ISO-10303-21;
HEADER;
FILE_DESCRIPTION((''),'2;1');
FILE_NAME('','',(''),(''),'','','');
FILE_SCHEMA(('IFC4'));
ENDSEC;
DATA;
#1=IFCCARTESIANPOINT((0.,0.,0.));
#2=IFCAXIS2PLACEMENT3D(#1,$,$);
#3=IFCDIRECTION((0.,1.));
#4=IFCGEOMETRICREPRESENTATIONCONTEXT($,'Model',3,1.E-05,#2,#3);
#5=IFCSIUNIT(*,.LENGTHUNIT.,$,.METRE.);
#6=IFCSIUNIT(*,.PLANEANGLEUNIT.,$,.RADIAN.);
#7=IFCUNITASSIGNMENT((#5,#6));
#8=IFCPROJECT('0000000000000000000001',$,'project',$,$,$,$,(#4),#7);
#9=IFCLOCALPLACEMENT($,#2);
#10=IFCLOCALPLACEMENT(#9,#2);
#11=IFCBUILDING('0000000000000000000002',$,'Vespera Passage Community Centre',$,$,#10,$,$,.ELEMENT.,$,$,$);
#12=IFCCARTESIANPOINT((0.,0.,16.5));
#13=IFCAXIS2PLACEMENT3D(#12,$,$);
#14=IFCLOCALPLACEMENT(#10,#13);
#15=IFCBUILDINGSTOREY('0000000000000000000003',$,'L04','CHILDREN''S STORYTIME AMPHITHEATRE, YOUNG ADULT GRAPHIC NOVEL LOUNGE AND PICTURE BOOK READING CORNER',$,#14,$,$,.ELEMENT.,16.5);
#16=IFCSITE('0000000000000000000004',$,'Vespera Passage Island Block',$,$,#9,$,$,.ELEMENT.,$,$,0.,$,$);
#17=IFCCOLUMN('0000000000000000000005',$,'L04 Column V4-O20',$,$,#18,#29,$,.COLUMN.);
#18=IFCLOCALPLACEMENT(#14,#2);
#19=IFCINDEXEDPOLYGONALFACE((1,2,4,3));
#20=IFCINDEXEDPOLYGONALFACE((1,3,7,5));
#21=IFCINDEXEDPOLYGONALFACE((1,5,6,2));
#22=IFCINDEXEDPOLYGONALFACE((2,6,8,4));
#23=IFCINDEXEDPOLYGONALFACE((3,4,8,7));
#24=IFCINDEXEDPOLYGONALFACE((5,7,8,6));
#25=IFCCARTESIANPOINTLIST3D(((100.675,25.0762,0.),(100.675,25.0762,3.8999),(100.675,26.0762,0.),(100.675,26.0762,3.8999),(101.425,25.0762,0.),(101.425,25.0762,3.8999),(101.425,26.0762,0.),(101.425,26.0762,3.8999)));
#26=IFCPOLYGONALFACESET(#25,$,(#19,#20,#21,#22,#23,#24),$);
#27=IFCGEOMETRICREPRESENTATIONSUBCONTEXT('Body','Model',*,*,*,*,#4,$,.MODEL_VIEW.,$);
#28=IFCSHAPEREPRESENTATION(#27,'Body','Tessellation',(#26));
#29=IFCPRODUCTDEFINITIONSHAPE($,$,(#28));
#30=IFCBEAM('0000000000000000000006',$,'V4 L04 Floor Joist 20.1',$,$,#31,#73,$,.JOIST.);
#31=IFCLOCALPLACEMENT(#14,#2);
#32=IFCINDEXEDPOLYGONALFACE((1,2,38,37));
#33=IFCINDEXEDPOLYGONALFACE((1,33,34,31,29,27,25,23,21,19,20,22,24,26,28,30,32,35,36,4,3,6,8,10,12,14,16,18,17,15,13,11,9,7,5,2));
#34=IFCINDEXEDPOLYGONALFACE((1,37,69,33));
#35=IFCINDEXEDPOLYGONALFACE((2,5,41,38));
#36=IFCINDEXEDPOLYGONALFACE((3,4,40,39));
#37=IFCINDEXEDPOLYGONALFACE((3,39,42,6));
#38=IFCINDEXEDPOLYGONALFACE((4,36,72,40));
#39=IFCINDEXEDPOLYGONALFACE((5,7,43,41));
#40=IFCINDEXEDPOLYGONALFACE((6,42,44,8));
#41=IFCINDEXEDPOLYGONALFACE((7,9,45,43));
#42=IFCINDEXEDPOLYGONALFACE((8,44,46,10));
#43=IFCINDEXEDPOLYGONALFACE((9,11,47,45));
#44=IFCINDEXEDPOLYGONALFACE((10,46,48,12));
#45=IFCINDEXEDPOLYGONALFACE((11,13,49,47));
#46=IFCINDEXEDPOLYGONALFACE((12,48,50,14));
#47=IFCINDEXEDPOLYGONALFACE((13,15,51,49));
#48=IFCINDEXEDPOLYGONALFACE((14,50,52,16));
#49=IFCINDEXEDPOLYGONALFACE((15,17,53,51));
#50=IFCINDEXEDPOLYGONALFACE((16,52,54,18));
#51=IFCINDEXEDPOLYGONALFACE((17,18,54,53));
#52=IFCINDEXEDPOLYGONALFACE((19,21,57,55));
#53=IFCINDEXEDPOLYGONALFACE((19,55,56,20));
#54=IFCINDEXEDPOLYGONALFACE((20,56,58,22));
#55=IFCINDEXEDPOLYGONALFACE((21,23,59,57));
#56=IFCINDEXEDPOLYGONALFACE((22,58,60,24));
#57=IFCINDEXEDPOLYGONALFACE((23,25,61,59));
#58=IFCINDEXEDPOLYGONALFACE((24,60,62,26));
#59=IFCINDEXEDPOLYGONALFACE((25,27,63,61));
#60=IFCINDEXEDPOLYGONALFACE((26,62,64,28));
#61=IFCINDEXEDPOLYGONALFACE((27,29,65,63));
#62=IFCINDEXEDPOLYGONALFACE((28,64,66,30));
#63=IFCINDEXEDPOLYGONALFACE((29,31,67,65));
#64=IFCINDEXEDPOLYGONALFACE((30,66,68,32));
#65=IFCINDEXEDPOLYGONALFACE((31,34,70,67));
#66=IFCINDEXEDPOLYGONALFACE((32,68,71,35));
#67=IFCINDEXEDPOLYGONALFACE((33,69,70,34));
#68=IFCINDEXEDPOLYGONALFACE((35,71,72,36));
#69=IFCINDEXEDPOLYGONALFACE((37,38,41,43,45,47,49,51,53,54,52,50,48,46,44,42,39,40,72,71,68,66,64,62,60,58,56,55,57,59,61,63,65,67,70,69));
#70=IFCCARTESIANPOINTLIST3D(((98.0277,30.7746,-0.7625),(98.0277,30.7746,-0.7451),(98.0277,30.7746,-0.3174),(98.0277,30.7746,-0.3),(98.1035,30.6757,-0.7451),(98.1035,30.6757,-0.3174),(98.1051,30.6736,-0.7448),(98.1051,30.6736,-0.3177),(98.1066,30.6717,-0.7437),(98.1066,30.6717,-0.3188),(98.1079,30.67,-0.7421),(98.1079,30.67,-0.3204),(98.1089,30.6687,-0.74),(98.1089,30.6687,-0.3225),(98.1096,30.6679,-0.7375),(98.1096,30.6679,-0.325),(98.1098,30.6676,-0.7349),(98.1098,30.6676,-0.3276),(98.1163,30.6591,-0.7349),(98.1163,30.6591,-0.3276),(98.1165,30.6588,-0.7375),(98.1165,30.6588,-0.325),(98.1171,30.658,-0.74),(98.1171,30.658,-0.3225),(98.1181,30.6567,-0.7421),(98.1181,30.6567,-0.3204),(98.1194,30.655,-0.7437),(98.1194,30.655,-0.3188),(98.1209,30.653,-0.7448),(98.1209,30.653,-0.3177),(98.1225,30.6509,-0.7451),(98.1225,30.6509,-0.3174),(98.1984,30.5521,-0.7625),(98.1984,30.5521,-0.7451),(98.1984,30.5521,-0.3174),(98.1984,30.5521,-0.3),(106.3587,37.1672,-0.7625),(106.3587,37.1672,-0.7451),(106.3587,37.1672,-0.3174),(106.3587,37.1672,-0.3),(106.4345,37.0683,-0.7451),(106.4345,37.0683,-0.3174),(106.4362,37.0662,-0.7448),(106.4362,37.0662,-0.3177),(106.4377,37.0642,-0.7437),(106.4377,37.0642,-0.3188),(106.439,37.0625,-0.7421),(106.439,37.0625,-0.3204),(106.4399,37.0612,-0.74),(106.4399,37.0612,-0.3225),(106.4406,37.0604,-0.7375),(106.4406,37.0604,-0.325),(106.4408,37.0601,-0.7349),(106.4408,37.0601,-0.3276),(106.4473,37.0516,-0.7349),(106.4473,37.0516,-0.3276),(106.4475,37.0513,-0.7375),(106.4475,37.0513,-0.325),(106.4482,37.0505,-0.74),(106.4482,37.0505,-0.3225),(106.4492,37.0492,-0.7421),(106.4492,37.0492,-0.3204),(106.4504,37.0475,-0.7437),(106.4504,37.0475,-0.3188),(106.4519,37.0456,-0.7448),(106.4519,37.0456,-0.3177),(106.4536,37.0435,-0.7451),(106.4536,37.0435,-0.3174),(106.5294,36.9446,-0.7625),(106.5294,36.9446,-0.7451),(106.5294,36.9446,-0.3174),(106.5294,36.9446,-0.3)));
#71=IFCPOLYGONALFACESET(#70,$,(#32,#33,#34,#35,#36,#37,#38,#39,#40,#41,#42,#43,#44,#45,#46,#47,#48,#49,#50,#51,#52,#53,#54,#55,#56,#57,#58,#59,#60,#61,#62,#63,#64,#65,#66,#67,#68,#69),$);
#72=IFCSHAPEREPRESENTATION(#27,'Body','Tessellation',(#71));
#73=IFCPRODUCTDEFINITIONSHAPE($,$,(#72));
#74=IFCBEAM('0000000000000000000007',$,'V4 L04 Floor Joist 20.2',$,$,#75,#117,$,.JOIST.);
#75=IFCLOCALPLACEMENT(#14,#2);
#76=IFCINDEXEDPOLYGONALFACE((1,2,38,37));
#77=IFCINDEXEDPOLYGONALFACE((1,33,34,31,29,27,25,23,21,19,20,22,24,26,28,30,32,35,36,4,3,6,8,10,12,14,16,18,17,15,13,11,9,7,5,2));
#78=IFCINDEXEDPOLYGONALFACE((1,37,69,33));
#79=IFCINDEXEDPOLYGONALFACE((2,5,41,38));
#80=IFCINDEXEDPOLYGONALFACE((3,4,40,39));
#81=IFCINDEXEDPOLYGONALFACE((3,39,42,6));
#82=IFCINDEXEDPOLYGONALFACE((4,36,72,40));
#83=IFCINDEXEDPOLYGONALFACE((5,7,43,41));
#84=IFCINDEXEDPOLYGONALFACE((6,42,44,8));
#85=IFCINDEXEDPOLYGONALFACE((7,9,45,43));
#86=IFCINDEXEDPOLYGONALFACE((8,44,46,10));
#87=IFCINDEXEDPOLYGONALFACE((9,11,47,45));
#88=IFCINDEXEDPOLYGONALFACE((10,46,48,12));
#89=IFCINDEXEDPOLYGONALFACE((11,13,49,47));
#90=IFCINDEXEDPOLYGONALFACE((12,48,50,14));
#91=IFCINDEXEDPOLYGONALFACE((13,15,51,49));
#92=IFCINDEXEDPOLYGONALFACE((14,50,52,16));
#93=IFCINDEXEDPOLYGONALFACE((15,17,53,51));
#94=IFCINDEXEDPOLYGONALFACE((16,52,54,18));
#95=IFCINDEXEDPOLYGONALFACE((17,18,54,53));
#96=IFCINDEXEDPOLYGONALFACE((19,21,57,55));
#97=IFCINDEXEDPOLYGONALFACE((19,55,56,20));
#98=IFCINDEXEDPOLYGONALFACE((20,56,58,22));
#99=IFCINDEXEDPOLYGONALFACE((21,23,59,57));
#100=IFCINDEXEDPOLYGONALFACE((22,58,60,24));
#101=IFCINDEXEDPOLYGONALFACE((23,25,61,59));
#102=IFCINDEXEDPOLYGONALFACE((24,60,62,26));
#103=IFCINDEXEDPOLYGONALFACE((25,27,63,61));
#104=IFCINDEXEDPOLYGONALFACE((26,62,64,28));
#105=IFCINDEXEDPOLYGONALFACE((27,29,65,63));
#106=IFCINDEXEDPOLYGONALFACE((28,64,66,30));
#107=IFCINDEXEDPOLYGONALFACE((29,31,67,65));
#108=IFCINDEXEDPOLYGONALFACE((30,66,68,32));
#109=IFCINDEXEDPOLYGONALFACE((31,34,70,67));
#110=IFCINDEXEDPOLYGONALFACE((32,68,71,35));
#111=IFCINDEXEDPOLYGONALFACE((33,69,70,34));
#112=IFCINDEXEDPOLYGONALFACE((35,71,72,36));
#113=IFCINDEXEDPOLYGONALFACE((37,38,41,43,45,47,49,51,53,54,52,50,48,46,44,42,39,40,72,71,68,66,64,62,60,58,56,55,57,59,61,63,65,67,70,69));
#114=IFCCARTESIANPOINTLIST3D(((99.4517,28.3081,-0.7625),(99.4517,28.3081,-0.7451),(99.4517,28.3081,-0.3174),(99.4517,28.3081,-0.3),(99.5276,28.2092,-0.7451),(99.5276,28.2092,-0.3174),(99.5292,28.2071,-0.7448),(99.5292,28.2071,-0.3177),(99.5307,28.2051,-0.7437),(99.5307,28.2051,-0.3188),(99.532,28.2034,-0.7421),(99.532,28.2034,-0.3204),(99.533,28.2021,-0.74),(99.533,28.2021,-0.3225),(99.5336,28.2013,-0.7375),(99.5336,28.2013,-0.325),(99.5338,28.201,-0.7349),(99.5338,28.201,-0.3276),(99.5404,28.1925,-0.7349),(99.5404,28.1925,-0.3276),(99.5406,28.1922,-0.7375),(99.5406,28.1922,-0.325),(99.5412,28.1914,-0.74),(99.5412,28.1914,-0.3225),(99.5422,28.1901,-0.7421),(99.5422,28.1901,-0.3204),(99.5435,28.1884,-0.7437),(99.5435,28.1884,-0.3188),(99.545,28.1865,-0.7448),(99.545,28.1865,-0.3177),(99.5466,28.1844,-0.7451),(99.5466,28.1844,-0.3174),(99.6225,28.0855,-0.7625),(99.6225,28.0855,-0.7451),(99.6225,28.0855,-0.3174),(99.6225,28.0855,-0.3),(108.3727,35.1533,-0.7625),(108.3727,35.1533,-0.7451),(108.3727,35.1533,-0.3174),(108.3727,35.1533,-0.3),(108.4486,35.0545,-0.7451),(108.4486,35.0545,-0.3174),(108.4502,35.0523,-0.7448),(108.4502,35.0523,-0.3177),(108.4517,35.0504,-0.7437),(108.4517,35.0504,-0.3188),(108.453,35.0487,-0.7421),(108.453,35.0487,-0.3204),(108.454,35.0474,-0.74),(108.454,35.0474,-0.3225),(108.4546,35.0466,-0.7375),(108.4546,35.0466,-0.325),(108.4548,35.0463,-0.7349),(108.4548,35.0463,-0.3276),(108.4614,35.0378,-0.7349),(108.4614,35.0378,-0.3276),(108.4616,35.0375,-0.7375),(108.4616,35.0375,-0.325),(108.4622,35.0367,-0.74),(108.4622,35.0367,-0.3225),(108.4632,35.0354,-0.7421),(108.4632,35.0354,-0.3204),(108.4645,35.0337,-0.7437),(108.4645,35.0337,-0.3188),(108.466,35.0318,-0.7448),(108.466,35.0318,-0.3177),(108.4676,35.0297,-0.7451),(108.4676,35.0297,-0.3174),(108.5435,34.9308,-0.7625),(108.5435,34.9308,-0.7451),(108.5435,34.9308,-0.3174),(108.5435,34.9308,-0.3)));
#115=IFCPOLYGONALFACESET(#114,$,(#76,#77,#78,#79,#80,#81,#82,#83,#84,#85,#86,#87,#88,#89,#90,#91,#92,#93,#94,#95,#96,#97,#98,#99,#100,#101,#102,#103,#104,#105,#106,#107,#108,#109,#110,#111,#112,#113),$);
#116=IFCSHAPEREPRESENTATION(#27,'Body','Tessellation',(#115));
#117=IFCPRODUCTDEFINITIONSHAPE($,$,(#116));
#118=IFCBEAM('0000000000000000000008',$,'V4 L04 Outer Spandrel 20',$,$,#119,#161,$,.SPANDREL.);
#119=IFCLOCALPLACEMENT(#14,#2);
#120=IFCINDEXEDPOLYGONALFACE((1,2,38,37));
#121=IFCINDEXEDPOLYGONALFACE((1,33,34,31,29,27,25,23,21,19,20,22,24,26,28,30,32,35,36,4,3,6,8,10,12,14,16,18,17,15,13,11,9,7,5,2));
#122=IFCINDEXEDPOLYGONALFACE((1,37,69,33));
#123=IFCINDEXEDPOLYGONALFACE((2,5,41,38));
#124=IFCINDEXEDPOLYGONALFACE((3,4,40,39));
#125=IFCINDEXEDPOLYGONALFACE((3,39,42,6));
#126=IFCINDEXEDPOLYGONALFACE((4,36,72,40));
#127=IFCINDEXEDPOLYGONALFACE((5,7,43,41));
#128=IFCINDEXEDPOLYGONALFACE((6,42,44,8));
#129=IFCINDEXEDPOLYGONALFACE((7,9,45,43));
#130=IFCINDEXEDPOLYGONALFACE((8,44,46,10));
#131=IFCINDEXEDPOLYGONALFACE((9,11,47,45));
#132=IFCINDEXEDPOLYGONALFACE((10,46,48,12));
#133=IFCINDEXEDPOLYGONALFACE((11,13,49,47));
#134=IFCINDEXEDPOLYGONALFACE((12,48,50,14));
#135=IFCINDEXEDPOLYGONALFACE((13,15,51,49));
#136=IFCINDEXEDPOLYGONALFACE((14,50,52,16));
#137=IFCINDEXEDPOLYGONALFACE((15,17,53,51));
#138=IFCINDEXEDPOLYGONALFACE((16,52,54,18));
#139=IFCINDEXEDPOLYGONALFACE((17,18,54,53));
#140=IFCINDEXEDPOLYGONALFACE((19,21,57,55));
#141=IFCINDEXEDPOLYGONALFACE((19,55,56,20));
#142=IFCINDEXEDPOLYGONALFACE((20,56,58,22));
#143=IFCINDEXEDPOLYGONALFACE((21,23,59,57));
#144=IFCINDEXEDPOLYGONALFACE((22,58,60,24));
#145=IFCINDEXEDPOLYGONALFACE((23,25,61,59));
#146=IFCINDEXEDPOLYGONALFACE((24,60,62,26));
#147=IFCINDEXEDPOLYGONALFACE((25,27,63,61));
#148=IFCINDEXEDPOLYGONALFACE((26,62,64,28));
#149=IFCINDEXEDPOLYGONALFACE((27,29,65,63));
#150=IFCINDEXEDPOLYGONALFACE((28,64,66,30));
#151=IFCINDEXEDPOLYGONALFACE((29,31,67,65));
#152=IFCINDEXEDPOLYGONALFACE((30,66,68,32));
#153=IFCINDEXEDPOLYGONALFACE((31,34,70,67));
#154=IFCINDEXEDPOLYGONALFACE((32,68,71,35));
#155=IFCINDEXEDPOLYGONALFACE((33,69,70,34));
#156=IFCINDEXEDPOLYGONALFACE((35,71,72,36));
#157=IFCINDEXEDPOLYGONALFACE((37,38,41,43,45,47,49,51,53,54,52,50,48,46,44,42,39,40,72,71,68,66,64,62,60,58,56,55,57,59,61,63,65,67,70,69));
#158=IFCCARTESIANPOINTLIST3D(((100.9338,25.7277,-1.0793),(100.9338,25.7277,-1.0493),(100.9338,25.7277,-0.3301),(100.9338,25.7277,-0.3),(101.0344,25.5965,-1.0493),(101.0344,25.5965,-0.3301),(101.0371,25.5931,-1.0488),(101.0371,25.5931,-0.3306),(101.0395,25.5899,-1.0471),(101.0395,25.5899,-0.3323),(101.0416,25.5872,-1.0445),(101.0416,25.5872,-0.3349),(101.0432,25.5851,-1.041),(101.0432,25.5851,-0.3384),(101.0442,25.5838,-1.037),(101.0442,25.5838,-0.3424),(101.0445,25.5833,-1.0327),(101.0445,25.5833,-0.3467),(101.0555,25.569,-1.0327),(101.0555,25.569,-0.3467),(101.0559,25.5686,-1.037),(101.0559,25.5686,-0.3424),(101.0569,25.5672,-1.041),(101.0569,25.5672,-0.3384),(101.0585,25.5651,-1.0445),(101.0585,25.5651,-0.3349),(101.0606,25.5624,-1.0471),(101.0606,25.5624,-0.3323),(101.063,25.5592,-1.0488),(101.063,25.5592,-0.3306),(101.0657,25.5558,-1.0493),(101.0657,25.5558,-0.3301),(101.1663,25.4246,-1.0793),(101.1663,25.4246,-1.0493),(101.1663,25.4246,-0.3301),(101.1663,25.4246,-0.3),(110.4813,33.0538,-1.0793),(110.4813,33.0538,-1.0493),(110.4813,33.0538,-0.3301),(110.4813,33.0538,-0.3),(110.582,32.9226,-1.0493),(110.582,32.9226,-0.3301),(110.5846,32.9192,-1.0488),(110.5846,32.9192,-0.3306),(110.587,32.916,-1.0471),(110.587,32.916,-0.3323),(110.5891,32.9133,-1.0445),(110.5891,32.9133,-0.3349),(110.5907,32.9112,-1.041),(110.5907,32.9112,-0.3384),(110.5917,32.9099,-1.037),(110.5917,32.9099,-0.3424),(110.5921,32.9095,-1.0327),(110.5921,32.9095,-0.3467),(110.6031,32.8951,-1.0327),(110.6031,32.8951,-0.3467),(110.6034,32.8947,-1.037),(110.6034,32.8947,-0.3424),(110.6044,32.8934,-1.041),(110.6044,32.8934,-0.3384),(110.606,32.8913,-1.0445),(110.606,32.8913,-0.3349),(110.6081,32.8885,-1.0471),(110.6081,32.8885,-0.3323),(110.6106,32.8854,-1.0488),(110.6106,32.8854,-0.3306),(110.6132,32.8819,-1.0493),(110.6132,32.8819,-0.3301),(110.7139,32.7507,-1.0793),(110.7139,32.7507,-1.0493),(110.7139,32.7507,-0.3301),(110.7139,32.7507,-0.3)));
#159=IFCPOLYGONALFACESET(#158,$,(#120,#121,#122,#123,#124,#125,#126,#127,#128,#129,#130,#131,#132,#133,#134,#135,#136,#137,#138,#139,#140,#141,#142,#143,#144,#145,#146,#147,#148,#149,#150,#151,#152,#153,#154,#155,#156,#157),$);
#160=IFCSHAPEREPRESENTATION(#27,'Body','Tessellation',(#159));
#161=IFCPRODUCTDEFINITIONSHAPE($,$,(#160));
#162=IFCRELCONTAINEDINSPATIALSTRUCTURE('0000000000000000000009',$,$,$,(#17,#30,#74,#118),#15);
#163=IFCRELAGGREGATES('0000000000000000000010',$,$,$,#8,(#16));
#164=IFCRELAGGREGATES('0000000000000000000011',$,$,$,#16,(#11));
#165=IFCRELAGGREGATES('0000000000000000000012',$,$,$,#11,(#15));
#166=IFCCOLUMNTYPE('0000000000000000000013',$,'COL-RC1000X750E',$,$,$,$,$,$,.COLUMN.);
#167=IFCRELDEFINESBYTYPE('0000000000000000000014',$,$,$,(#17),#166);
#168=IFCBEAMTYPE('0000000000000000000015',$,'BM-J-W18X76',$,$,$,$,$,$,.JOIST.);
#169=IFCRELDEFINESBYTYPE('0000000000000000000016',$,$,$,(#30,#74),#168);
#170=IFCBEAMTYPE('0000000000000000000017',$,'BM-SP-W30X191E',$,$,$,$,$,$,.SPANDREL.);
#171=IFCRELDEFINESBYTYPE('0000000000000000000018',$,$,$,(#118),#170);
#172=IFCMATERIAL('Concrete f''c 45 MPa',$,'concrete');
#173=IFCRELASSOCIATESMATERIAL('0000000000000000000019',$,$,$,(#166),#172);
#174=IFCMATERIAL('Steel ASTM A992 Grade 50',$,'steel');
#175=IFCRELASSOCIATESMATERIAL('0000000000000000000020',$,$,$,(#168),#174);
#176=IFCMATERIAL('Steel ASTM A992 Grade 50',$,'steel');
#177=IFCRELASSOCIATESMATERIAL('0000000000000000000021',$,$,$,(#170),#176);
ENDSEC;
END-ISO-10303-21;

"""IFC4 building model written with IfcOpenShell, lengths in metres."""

from ifc_helpers import new_model, si_unit, direction, frame, origin, origin_2d, place, context, subcontext, project, spatial, rectangle, i_section, extrude, material, material_profile, profile_set, type_object, element, save


model = new_model("IFC4")

# Units and contexts
model_context = context("Model", 3, precision=1e-05, world=origin(), true_north=direction((0.0, 1.0)))
body_context = subcontext(model_context, "Body", "Model", "MODEL_VIEW")
ifc_project = project(units=[si_unit("LENGTHUNIT", "METRE"), si_unit("PLANEANGLEUNIT", "RADIAN")], contexts=[model_context])

# Site, building, storey
site_placement = place(None, origin())
site = spatial("IfcSite", under=ifc_project, at=site_placement, Name="Vespera Passage Island Block", CompositionType="ELEMENT", RefElevation=0.0)
building_placement = place(site_placement, origin())
building = spatial("IfcBuilding", under=site, at=building_placement, Name="Vespera Passage Community Centre", CompositionType="ELEMENT")
storey_placement = place(building_placement, frame((0.0, 0.0, 16.5)))
storey = spatial("IfcBuildingStorey", under=building, at=storey_placement, Name="L04", Description="CHILDREN'S STORYTIME AMPHITHEATRE, YOUNG ADULT GRAPHIC NOVEL LOUNGE AND PICTURE BOOK READING CORNER", CompositionType="ELEMENT", Elevation=16.5)

# Column
ifc_material_1 = material(Name="Concrete f'c 45 MPa", Category="concrete")
ifc_material_profile_1 = material_profile(ifc_material_1, rectangle(XDim=0.75, YDim=1.0, at=origin_2d()), Name="RC1000X750")
ifc_profile_set_1 = profile_set([ifc_material_profile_1], Name="Concrete f'c 45 MPa")
column_type = type_object("IfcColumnType", Name="COL-RC1000X750E", PredefinedType="COLUMN", material=ifc_profile_set_1)
column_placement = place(storey_placement, frame((101.05, 25.5762, 0.0), z_axis=(0.0, 0.0, 1.0), x_axis=(1.0, 0.0, 0.0)))
element("IfcColumn", 1, at=column_placement, inside=storey, type_object=column_type, Name="L04 Column V4-O20", PredefinedType="COLUMN", context=body_context, shape_type="SweptSolid", body=[
    extrude(rectangle(XDim=0.75, YDim=1.0, at=origin_2d()), origin(), (0.0, 0.0, 1.0), 3.8999),
])

# Beams
ifc_material_2 = material(Name="Steel ASTM A992 Grade 50", Category="steel")
ifc_material_profile_2 = material_profile(ifc_material_2, i_section(OverallWidth=0.2805, OverallDepth=0.4624, WebThickness=0.0107, FlangeThickness=0.0173, FilletRadius=0.0103, at=origin_2d()), Name="W18X76")
ifc_profile_set_2 = profile_set([ifc_material_profile_2], Name="Steel ASTM A992 Grade 50")
beam_type_1 = type_object("IfcBeamType", Name="BM-J-W18X76", PredefinedType="JOIST", material=ifc_profile_set_2)
beam_1_placement = place(storey_placement, frame((98.113, 30.6633, -0.5312), z_axis=(0.793356, 0.608758, 0.0), x_axis=(-0.608758, 0.793356, 0.0)))
element("IfcBeam", 2, at=beam_1_placement, inside=storey, type_object=beam_type_1, Name="V4 L04 Floor Joist 20.1", PredefinedType="JOIST", context=body_context, shape_type="SweptSolid", body=[
    extrude(i_section(OverallWidth=0.2805, OverallDepth=0.4624, WebThickness=0.0107, FlangeThickness=0.0173, FilletRadius=0.0103, at=origin_2d()), origin(), (0.0, 0.0, 1.0), 10.501),
])
beam_2_placement = place(storey_placement, frame((99.5371, 28.1968, -0.5312), z_axis=(0.793355, 0.60876, 0.0), x_axis=(-0.60876, 0.793355, 0.0)))
element("IfcBeam", 3, at=beam_2_placement, inside=storey, type_object=beam_type_1, Name="V4 L04 Floor Joist 20.2", PredefinedType="JOIST", context=body_context, shape_type="SweptSolid", body=[
    extrude(i_section(OverallWidth=0.2805, OverallDepth=0.4624, WebThickness=0.0107, FlangeThickness=0.0173, FilletRadius=0.0103, at=origin_2d()), origin(), (0.0, 0.0, 1.0), 11.2446),
])
ifc_material_3 = material(Name="Steel ASTM A992 Grade 50", Category="steel")
ifc_material_profile_3 = material_profile(ifc_material_3, i_section(OverallWidth=0.3821, OverallDepth=0.7793, WebThickness=0.0181, FlangeThickness=0.03, FilletRadius=0.0166, at=origin_2d()), Name="W30X191")
ifc_profile_set_3 = profile_set([ifc_material_profile_3], Name="Steel ASTM A992 Grade 50")
beam_type_2 = type_object("IfcBeamType", Name="BM-SP-W30X191E", PredefinedType="SPANDREL", material=ifc_profile_set_3)
beam_3_placement = place(storey_placement, frame((101.05, 25.5762, -0.6897), z_axis=(0.793352, 0.608763, 0.0), x_axis=(-0.608763, 0.793352, 0.0)))
element("IfcBeam", 4, at=beam_3_placement, inside=storey, type_object=beam_type_2, Name="V4 L04 Outer Spandrel 20", PredefinedType="SPANDREL", context=body_context, shape_type="SweptSolid", body=[
    extrude(i_section(OverallWidth=0.3821, OverallDepth=0.7793, WebThickness=0.0181, FlangeThickness=0.03, FilletRadius=0.0166, at=origin_2d()), origin(), (0.0, 0.0, 1.0), 12.0344),
])

save(model, "model.ifc")
